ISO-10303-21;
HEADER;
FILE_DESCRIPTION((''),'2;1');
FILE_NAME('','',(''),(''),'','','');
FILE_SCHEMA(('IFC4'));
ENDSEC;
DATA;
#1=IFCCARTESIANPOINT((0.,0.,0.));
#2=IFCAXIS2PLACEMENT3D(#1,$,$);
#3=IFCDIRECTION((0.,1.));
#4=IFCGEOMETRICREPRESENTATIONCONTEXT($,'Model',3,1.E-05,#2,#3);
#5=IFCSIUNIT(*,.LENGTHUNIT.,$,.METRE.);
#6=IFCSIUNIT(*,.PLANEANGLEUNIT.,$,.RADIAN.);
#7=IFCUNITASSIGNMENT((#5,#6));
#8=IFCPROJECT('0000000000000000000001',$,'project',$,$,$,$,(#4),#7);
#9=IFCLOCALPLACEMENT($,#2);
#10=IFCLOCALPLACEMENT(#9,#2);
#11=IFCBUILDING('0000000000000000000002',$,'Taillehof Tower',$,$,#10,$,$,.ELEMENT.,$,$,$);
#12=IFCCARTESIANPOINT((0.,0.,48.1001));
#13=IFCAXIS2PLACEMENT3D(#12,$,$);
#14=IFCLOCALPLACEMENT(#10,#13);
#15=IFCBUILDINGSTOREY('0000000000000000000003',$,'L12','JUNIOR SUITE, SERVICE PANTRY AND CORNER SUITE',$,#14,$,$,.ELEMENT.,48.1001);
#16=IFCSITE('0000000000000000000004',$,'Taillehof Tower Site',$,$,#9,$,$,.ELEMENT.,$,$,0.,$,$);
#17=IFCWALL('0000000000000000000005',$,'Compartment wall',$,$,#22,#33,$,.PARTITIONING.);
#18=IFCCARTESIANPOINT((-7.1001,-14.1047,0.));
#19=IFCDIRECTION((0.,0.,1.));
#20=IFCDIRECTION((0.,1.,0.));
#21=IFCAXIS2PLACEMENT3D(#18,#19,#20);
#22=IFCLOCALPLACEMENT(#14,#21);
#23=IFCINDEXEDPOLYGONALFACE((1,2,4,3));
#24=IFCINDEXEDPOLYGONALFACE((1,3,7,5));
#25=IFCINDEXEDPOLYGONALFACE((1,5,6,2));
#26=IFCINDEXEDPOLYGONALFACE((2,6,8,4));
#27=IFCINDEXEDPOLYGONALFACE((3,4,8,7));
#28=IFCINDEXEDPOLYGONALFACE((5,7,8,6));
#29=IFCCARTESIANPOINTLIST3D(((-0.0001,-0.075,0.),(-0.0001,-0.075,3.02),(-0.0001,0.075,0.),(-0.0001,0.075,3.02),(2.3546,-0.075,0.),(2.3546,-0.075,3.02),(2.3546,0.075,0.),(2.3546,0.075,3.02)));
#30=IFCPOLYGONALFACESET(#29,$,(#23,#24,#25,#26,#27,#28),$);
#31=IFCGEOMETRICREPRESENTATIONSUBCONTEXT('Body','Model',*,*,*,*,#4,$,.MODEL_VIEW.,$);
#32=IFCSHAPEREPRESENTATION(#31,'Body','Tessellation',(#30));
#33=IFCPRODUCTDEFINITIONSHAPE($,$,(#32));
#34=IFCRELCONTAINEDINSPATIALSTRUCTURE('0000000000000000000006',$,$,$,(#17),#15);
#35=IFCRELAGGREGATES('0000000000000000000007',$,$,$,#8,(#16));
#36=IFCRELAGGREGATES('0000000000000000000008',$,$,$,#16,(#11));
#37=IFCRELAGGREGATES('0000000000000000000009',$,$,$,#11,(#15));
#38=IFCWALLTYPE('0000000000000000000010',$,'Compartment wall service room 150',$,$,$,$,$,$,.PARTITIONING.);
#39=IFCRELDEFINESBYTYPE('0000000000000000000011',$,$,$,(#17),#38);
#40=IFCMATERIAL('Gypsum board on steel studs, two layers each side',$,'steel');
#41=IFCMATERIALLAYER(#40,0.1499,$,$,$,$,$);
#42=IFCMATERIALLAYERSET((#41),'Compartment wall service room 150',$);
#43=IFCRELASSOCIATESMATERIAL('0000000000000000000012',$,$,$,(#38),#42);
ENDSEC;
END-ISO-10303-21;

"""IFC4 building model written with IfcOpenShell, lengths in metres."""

from ifc_helpers import new_model, si_unit, direction, frame, frame_2d, origin, place, context, subcontext, project, spatial, rectangle, extrude, material, layer, layer_set, type_object, element, save


model = new_model("IFC4")

# Units and contexts
model_context = context("Model", 3, precision=1e-05, world=origin(), true_north=direction((0.0, 1.0)))
body_context = subcontext(model_context, "Body", "Model", "MODEL_VIEW")
ifc_project = project(units=[si_unit("LENGTHUNIT", "METRE"), si_unit("PLANEANGLEUNIT", "RADIAN")], contexts=[model_context])

# Site, building, storey
site_placement = place(None, origin())
site = spatial("IfcSite", under=ifc_project, at=site_placement, Name="Taillehof Tower Site", CompositionType="ELEMENT", RefElevation=0.0)
building_placement = place(site_placement, origin())
building = spatial("IfcBuilding", under=site, at=building_placement, Name="Taillehof Tower", CompositionType="ELEMENT")
storey_placement = place(building_placement, frame((0.0, 0.0, 48.1001)))
storey = spatial("IfcBuildingStorey", under=building, at=storey_placement, Name="L12", Description="JUNIOR SUITE, SERVICE PANTRY AND CORNER SUITE", CompositionType="ELEMENT", Elevation=48.1001)

# Wall
ifc_material_1 = material(Name="Gypsum board on steel studs, two layers each side", Category="steel")
ifc_layer_1 = layer(ifc_material_1, 0.1499)
ifc_layer_set_1 = layer_set([ifc_layer_1], Name="Compartment wall service room 150")
wall_type_1 = type_object("IfcWallType", Name="Compartment wall service room 150", PredefinedType="PARTITIONING", material=ifc_layer_set_1)
wall_1_placement = place(storey_placement, frame((-7.1001, -14.1047, 0.0), z_axis=(0.0, 0.0, 1.0), x_axis=(0.0, 1.0, 0.0)))
element("IfcWall", 1, at=wall_1_placement, inside=storey, type_object=wall_type_1, Name="Compartment wall", PredefinedType="PARTITIONING", context=body_context, shape_type="SweptSolid", body=[
    extrude(rectangle(XDim=2.3547, YDim=0.1499, at=frame_2d((1.1772, 0.0))), origin(), (0.0, 0.0, 1.0), 3.02),
])

save(model, "model.ifc")
